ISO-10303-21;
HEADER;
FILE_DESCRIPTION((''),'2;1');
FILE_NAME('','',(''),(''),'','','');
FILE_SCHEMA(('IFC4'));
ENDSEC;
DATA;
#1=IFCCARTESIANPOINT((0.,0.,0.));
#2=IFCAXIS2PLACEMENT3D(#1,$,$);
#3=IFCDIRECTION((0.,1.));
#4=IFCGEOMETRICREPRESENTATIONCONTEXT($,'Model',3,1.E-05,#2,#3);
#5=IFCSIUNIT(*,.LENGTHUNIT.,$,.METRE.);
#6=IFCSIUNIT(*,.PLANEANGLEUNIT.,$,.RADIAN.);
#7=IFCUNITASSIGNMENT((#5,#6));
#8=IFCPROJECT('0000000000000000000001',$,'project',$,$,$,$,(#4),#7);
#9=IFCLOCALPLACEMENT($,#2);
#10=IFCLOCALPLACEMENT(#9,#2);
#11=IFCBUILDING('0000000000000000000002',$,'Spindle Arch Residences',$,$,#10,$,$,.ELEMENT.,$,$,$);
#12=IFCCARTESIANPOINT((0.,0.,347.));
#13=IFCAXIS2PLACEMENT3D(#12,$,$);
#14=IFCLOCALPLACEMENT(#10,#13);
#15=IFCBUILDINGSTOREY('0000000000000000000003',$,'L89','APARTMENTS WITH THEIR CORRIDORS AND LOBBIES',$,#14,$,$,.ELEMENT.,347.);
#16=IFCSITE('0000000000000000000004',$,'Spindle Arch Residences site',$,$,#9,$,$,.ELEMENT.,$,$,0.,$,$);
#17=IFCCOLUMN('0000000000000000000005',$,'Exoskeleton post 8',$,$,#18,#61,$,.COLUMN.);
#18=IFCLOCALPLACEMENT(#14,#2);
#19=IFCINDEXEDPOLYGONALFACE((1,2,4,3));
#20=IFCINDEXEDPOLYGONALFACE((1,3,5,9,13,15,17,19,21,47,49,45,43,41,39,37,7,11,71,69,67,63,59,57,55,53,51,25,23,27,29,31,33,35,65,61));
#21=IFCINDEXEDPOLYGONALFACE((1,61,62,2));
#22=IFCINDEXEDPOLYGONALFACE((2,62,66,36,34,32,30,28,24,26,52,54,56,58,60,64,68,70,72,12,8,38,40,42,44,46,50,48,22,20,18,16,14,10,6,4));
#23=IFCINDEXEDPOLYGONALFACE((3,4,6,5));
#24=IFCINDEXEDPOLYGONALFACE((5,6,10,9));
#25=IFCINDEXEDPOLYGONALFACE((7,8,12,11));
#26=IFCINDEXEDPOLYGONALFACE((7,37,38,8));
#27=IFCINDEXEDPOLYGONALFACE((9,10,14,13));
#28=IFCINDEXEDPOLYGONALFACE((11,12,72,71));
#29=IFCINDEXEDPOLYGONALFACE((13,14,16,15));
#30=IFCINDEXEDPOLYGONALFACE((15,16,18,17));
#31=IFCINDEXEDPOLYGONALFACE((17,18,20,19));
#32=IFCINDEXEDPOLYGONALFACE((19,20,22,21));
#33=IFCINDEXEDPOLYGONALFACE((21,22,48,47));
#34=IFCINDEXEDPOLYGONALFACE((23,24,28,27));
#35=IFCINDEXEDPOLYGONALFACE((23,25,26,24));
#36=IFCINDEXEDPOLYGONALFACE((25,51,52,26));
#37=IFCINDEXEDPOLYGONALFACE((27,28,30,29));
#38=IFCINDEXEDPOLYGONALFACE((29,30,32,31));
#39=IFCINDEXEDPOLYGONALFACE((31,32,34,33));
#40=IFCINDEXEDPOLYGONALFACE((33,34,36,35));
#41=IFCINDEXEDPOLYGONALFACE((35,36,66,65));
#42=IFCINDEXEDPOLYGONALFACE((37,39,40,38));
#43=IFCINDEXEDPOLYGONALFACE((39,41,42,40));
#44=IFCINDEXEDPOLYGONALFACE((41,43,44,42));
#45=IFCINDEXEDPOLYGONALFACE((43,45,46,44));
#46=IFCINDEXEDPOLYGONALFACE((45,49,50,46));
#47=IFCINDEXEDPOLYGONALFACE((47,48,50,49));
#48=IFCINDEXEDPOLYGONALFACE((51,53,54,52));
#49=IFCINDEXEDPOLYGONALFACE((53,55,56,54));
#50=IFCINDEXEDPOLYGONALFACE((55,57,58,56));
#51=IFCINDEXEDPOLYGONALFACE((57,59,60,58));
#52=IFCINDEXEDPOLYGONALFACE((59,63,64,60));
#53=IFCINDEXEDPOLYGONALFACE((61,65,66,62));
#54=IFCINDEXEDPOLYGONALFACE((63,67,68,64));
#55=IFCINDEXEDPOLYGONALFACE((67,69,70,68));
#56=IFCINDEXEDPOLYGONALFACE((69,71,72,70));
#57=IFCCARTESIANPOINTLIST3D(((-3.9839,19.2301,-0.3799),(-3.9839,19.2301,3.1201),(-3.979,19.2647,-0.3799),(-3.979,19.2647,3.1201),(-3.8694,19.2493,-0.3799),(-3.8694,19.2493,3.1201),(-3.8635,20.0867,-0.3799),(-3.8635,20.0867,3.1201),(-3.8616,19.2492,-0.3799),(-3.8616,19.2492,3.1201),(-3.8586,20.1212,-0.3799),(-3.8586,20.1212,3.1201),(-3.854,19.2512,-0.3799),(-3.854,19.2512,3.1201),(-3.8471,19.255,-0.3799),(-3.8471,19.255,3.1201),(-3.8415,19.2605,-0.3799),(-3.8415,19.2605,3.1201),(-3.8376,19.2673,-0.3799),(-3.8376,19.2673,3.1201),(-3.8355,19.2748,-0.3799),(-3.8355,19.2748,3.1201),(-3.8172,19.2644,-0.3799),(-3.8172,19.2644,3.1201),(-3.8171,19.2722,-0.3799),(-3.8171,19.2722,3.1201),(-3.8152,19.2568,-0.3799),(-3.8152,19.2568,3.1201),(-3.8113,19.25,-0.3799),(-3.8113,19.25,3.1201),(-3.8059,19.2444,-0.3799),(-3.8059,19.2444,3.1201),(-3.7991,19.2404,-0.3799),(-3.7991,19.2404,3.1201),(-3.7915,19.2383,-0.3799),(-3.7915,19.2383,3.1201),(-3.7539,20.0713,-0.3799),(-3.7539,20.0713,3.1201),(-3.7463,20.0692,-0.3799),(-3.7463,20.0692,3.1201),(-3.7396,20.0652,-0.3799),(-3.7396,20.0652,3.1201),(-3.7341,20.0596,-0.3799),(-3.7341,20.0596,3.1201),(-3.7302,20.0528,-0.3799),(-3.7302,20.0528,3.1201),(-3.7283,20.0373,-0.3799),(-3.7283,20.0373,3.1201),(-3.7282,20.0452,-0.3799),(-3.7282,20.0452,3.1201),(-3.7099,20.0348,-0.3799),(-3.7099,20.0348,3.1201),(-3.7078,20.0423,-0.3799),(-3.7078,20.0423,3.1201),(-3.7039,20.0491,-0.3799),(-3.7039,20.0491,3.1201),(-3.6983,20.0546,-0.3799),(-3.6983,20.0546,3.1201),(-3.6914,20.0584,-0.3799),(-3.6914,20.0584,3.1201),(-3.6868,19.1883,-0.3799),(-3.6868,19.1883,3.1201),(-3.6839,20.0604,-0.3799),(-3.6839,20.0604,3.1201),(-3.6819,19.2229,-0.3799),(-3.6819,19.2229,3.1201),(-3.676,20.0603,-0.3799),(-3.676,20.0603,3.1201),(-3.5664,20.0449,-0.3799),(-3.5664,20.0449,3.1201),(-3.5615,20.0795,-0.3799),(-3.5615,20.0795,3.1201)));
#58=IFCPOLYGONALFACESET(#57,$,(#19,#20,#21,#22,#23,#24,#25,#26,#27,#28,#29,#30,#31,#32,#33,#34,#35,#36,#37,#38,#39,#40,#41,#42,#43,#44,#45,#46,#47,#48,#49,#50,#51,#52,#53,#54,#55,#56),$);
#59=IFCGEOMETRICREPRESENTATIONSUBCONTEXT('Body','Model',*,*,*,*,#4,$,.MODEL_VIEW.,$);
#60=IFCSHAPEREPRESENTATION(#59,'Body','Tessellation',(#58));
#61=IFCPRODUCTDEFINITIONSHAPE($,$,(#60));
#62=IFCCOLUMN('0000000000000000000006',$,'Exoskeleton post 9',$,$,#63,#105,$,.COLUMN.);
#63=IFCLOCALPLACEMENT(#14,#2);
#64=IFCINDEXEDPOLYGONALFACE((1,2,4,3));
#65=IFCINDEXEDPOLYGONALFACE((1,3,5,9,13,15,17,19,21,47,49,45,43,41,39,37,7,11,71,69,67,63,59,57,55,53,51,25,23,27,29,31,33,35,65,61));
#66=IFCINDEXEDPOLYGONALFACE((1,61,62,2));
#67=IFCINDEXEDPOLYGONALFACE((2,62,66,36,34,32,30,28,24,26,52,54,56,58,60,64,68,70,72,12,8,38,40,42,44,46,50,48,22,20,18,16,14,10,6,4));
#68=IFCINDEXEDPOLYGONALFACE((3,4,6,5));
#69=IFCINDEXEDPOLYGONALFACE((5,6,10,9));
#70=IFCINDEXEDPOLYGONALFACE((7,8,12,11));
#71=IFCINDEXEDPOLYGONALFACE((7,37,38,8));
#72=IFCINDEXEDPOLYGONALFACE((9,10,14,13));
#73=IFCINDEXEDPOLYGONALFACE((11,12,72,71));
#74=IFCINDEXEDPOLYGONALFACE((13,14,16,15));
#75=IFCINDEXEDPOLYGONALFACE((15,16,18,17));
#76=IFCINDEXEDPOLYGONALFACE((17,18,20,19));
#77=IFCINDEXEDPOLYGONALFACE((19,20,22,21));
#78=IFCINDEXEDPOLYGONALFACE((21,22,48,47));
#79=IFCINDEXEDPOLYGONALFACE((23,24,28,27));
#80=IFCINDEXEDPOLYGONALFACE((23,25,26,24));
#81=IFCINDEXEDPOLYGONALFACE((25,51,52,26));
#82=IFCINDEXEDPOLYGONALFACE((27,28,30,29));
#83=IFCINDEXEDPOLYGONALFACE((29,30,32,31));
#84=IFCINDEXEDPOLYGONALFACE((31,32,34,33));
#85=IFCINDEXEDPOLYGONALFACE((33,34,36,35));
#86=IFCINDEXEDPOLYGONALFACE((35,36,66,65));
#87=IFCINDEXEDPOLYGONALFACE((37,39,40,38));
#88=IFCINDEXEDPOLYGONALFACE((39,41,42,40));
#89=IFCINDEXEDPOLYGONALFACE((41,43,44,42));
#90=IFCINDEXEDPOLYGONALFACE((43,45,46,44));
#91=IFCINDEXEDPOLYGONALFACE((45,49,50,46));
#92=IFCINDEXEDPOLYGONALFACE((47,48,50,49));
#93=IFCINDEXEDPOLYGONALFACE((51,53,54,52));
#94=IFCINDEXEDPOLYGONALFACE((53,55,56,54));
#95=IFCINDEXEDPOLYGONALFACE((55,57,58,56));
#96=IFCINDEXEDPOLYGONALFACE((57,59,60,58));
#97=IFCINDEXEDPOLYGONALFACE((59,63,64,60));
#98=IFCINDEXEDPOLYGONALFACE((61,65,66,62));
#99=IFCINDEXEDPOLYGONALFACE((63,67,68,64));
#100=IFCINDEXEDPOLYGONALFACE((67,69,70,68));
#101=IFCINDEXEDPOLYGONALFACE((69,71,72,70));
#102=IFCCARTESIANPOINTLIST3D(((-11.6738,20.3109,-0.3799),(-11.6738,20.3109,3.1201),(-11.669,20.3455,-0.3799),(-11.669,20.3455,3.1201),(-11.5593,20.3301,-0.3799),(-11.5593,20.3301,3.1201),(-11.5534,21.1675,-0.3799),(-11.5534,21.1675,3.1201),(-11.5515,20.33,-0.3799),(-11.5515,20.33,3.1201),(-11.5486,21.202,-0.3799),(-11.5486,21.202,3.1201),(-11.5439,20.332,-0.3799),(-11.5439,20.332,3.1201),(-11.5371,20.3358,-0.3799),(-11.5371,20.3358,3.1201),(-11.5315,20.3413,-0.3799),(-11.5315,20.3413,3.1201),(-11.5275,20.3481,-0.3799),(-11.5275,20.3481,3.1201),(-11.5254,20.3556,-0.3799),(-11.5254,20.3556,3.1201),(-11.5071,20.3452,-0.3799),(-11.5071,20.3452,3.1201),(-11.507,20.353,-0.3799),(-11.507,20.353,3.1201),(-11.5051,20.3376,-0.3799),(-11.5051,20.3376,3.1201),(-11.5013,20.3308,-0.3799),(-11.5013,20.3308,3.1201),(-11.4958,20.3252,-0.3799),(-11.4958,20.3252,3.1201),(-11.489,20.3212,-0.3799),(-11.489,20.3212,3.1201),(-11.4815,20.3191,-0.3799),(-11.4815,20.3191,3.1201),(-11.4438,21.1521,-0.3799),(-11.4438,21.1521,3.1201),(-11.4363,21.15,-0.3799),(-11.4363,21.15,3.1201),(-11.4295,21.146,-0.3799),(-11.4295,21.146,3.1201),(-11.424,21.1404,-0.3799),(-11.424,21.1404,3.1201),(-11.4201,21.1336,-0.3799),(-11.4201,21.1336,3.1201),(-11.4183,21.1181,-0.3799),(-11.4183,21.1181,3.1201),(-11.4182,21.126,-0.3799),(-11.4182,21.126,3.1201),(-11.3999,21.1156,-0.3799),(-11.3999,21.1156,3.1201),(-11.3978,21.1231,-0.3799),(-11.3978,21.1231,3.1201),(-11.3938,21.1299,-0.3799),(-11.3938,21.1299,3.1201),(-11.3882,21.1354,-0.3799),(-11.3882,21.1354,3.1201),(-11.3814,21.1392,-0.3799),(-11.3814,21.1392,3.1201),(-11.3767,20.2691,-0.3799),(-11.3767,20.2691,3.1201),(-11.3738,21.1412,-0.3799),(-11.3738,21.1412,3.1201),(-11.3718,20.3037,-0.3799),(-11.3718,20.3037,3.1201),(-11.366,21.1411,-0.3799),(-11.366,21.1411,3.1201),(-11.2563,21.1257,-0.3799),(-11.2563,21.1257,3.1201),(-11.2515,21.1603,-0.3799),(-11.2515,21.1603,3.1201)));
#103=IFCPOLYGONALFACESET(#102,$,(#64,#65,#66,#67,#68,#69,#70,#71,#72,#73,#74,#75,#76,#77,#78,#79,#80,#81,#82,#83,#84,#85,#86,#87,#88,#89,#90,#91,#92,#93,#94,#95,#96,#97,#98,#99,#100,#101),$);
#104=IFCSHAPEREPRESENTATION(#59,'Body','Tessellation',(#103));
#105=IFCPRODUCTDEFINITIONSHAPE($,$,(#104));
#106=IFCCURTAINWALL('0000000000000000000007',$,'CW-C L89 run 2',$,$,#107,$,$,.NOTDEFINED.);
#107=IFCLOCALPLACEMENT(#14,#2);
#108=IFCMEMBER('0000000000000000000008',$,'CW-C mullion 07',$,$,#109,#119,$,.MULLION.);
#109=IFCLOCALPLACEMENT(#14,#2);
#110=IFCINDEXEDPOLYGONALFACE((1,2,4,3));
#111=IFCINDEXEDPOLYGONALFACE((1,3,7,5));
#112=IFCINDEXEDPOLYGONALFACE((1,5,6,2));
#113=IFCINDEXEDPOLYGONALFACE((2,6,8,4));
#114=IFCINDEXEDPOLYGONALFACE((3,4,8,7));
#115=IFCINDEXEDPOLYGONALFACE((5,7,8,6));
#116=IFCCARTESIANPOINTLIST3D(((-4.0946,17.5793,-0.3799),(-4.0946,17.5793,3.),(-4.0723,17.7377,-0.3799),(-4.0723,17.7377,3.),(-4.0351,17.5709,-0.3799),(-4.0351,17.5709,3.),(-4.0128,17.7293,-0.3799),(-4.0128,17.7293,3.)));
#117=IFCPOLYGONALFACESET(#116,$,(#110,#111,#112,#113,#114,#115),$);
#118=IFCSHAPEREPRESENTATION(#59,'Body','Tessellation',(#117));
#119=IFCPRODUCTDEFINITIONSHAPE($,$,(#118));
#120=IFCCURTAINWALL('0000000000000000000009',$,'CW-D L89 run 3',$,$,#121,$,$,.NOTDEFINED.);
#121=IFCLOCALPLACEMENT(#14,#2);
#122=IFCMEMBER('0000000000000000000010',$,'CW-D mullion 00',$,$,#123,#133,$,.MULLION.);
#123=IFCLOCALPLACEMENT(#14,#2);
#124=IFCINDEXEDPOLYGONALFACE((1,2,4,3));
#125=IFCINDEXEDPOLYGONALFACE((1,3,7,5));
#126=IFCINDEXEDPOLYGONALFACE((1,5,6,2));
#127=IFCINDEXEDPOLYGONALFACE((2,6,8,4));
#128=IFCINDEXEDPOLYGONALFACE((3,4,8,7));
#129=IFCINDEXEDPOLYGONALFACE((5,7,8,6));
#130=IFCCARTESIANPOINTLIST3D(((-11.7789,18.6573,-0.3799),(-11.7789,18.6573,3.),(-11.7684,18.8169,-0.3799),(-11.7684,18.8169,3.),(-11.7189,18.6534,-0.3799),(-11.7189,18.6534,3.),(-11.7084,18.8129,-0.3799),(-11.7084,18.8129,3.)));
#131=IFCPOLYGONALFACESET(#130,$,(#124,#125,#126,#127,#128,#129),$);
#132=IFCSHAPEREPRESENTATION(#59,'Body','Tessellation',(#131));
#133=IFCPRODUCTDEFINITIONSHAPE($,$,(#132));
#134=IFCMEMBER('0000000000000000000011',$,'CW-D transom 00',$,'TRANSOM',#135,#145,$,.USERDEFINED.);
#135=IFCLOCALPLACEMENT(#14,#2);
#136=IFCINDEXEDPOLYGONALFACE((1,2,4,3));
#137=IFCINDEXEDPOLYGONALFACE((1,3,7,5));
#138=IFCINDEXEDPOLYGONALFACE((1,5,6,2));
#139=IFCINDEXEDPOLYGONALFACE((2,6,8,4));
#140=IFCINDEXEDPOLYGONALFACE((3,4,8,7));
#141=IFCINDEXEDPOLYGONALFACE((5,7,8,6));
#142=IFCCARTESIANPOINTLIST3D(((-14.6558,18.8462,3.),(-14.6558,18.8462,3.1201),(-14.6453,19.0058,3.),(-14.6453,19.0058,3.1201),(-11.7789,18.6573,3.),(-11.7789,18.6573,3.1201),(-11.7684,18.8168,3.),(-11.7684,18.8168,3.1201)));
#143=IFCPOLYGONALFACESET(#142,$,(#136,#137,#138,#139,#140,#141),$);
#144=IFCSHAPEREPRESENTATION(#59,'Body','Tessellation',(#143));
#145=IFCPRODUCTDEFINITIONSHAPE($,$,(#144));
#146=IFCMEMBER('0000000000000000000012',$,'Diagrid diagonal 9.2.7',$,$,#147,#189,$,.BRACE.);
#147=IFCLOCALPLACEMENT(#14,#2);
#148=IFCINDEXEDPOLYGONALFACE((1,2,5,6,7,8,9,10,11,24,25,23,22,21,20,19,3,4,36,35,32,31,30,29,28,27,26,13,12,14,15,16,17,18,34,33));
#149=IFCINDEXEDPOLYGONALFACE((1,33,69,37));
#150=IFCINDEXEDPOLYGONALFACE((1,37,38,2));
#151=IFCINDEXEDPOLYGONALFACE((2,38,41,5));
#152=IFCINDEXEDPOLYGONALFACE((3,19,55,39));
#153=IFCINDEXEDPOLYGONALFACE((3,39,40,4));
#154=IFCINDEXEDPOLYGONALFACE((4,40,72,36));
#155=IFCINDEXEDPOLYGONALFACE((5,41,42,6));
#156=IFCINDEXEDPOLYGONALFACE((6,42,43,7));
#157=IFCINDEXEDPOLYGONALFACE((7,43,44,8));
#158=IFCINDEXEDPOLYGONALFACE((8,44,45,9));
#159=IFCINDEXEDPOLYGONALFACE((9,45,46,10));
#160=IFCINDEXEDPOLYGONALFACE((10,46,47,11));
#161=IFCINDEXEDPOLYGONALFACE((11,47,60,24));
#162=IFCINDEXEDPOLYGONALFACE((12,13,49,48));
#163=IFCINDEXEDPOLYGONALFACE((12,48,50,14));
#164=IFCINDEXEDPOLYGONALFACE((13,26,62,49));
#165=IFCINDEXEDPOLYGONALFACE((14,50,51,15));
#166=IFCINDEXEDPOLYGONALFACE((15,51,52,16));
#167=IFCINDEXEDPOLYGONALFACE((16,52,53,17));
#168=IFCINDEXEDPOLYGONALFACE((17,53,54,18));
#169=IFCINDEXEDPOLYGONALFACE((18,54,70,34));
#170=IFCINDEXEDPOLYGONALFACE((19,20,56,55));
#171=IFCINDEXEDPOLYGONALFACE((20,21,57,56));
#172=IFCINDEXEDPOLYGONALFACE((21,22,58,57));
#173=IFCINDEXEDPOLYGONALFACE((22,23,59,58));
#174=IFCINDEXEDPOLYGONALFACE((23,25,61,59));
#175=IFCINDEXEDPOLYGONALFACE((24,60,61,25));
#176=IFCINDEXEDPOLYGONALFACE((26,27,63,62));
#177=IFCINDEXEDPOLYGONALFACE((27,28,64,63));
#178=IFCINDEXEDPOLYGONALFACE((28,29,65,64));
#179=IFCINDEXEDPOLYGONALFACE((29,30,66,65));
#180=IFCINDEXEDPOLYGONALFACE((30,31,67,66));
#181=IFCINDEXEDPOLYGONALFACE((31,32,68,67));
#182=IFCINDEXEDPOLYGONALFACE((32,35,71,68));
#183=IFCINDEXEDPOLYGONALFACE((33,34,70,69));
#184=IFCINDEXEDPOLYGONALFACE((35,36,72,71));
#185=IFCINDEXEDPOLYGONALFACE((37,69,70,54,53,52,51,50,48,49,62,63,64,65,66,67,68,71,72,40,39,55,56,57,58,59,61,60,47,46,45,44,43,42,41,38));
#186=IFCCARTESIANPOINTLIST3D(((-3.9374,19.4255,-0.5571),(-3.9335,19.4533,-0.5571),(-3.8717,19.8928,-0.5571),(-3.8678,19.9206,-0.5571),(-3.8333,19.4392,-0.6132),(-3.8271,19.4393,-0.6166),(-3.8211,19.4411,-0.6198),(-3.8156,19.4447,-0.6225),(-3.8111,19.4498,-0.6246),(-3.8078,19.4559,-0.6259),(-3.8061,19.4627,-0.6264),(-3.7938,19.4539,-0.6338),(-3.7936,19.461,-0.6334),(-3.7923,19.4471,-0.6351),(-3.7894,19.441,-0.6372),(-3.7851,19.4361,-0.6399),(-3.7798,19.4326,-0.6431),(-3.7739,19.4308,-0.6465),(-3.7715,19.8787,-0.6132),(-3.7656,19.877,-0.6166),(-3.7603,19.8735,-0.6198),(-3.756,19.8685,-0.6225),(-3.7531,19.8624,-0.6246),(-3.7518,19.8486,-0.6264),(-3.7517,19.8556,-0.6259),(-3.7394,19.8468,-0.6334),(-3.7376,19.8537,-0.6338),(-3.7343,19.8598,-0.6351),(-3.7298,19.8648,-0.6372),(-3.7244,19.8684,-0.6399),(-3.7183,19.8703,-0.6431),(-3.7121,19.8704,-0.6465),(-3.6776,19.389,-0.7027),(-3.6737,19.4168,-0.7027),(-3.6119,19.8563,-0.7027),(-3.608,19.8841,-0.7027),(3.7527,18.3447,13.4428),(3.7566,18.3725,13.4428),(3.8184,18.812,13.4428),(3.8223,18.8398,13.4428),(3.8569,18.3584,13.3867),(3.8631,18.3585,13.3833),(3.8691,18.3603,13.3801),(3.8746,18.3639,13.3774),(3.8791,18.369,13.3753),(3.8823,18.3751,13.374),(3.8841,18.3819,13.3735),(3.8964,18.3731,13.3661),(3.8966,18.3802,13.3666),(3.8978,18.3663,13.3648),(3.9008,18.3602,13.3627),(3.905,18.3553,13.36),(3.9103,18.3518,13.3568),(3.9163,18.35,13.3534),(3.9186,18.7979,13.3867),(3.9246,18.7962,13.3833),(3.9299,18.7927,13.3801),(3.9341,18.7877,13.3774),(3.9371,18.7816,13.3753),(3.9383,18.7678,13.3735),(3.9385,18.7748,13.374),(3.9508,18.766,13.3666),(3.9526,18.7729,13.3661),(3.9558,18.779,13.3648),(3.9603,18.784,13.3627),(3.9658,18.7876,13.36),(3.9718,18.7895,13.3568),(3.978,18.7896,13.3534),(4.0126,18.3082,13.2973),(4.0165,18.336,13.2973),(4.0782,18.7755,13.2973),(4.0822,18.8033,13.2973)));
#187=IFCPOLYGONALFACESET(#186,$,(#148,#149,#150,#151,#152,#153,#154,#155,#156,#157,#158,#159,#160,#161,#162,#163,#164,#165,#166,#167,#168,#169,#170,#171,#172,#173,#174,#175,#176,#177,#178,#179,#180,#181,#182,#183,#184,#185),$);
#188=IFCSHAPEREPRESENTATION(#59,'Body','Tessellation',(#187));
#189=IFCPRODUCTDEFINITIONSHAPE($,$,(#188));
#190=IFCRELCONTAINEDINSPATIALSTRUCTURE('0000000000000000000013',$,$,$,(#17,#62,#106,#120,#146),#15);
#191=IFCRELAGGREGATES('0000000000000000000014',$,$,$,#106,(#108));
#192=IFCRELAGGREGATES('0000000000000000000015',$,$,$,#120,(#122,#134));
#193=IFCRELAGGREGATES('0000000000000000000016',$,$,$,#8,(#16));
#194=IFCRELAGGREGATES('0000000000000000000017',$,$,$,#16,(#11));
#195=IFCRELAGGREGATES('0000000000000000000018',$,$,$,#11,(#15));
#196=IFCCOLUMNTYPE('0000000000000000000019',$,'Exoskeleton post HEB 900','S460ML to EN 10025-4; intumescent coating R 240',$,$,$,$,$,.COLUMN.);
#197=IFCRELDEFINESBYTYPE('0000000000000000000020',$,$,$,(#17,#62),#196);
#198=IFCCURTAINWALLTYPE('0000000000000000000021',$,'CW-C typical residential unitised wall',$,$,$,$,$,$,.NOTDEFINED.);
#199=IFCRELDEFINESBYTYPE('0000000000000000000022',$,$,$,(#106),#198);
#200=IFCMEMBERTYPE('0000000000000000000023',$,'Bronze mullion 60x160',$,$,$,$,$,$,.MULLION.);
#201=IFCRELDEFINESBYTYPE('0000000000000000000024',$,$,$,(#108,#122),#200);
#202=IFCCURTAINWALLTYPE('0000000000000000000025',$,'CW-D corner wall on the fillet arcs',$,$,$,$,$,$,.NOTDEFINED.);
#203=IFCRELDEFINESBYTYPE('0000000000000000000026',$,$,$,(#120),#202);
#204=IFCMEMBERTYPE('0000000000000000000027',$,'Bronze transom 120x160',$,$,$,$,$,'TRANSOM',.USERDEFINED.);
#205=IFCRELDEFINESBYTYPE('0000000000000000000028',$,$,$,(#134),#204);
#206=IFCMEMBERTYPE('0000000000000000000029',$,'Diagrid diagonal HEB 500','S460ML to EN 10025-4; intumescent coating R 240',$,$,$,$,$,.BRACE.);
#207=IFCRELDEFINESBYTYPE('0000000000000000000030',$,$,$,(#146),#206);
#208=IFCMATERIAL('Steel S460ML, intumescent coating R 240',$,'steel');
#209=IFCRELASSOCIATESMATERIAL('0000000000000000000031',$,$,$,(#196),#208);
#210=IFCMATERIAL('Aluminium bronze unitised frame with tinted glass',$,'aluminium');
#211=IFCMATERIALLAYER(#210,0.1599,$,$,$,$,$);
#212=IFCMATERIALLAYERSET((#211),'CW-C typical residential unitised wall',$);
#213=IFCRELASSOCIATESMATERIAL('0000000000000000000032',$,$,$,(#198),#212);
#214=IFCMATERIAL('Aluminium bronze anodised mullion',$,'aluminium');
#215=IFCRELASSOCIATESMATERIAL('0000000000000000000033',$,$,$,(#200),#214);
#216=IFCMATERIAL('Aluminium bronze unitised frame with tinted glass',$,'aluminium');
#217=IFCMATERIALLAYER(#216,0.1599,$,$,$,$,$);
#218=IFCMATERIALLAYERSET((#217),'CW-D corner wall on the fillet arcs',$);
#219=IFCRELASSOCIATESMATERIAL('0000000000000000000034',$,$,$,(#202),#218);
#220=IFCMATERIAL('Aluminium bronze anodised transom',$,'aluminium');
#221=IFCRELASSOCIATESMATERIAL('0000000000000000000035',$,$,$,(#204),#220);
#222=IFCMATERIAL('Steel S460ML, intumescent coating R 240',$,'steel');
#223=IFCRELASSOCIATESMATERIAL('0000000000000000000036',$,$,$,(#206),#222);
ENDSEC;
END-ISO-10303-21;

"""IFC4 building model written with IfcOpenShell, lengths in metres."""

from ifc_helpers import new_model, si_unit, direction, frame, origin, origin_2d, place, context, subcontext, project, spatial, rectangle, i_section, extrude, material, layer, layer_set, material_profile, profile_set, type_object, element, aggregate, save


model = new_model("IFC4")

# Units and contexts
model_context = context("Model", 3, precision=1e-05, world=origin(), true_north=direction((0.0, 1.0)))
body_context = subcontext(model_context, "Body", "Model", "MODEL_VIEW")
ifc_project = project(units=[si_unit("LENGTHUNIT", "METRE"), si_unit("PLANEANGLEUNIT", "RADIAN")], contexts=[model_context])

# Site, building, storey
site_placement = place(None, origin())
site = spatial("IfcSite", under=ifc_project, at=site_placement, Name="Spindle Arch Residences site", CompositionType="ELEMENT", RefElevation=0.0)
building_placement = place(site_placement, origin())
building = spatial("IfcBuilding", under=site, at=building_placement, Name="Spindle Arch Residences", CompositionType="ELEMENT")
storey_placement = place(building_placement, frame((0.0, 0.0, 347.0)))
storey = spatial("IfcBuildingStorey", under=building, at=storey_placement, Name="L89", Description="APARTMENTS WITH THEIR CORRIDORS AND LOBBIES", CompositionType="ELEMENT", Elevation=347.0)

# Columns
ifc_material_1 = material(Name="Steel S460ML, intumescent coating R 240", Category="steel")
ifc_material_profile_1 = material_profile(ifc_material_1, i_section(OverallWidth=0.3, OverallDepth=0.8999, WebThickness=0.0186, FlangeThickness=0.0349, FilletRadius=0.03, at=origin_2d()), Name="HEB 900")
ifc_profile_set_1 = profile_set([ifc_material_profile_1], Name="Steel S460ML, intumescent coating R 240")
column_type = type_object("IfcColumnType", Name="Exoskeleton post HEB 900", Description="S460ML to EN 10025-4; intumescent coating R 240", PredefinedType="COLUMN", material=ifc_profile_set_1)
for number, where, z_axis, x_axis, name in (
    (1, (-3.7727, 19.6548, -0.3799), (0.0, 0.0, 1.0), (0.990268, -0.139173, 0.0), "Exoskeleton post 8"),
    (2, (-11.4626, 20.7356, -0.3799), (0.0, 0.0, 1.0), (0.990268, -0.139173, 0.0), "Exoskeleton post 9"),
):
    element("IfcColumn", number, at=place(storey_placement, frame(where, z_axis=z_axis, x_axis=x_axis)), inside=storey, type_object=column_type, Name=name, PredefinedType="COLUMN", context=body_context, shape_type="SweptSolid", body=[
        extrude(i_section(OverallWidth=0.3, OverallDepth=0.8999, WebThickness=0.0186, FlangeThickness=0.0349, FilletRadius=0.03, at=origin_2d()), origin(), (0.0, 0.0, 1.0), 3.5),
    ])

# Curtain wall, member
ifc_material_2 = material(Name="Aluminium bronze unitised frame with tinted glass", Category="aluminium")
ifc_layer_1 = layer(ifc_material_2, 0.1599)
ifc_layer_set_1 = layer_set([ifc_layer_1], Name="CW-C typical residential unitised wall")
curtain_wall_type_1 = type_object("IfcCurtainWallType", Name="CW-C typical residential unitised wall", PredefinedType="NOTDEFINED", material=ifc_layer_set_1)
curtain_wall_1_placement = place(storey_placement, origin())
curtain_wall_1 = element("IfcCurtainWall", 3, at=curtain_wall_1_placement, inside=storey, type_object=curtain_wall_type_1, Name="CW-C L89 run 2", PredefinedType="NOTDEFINED")
ifc_material_3 = material(Name="Aluminium bronze anodised mullion", Category="aluminium")
ifc_material_profile_2 = material_profile(ifc_material_3, rectangle(XDim=0.1599, YDim=0.0601, at=origin_2d()), Name="MU 60x160")
ifc_profile_set_2 = profile_set([ifc_material_profile_2], Name="Aluminium bronze anodised mullion")
member_type_1 = type_object("IfcMemberType", Name="Bronze mullion 60x160", PredefinedType="MULLION", material=ifc_profile_set_2)
member_1_placement = place(storey_placement, frame((-4.0537, 17.6543, -0.3799), z_axis=(0.0, 0.0, 1.0), x_axis=(-0.139173, -0.990268, 0.0)))
member_1 = element("IfcMember", 4, at=member_1_placement, type_object=member_type_1, Name="CW-C mullion 07", PredefinedType="MULLION", context=body_context, shape_type="SweptSolid", body=[
    extrude(rectangle(XDim=0.1599, YDim=0.0601, at=origin_2d()), origin(), (0.0, 0.0, 1.0), 3.3799),
])

# Curtain wall, members
ifc_material_4 = material(Name="Aluminium bronze unitised frame with tinted glass", Category="aluminium")
ifc_layer_2 = layer(ifc_material_4, 0.1599)
ifc_layer_set_2 = layer_set([ifc_layer_2], Name="CW-D corner wall on the fillet arcs")
curtain_wall_type_2 = type_object("IfcCurtainWallType", Name="CW-D corner wall on the fillet arcs", PredefinedType="NOTDEFINED", material=ifc_layer_set_2)
curtain_wall_2_placement = place(storey_placement, origin())
curtain_wall_2 = element("IfcCurtainWall", 5, at=curtain_wall_2_placement, inside=storey, type_object=curtain_wall_type_2, Name="CW-D L89 run 3", PredefinedType="NOTDEFINED")
member_2_placement = place(storey_placement, frame((-11.7437, 18.7351, -0.3799), z_axis=(0.0, 0.0, 1.0), x_axis=(-0.06551, -0.997852, 0.0)))
member_2 = element("IfcMember", 6, at=member_2_placement, type_object=member_type_1, Name="CW-D mullion 00", PredefinedType="MULLION", context=body_context, shape_type="SweptSolid", body=[
    extrude(rectangle(XDim=0.1599, YDim=0.0601, at=origin_2d()), origin(), (0.0, 0.0, 1.0), 3.3799),
])
ifc_material_5 = material(Name="Aluminium bronze anodised transom", Category="aluminium")
ifc_material_profile_3 = material_profile(ifc_material_5, rectangle(XDim=0.1599, YDim=0.1201, at=origin_2d()), Name="TR 120x160")
ifc_profile_set_3 = profile_set([ifc_material_profile_3], Name="Aluminium bronze anodised transom")
member_type_2 = type_object("IfcMemberType", Name="Bronze transom 120x160", ElementType="TRANSOM", PredefinedType="USERDEFINED", material=ifc_profile_set_3)
member_3_placement = place(storey_placement, frame((-11.7737, 18.7371, 3.0601), z_axis=(-0.99785, 0.065541, 0.0), x_axis=(-0.065541, -0.99785, 0.0)))
member_3 = element("IfcMember", 7, at=member_3_placement, type_object=member_type_2, Name="CW-D transom 00", ObjectType="TRANSOM", PredefinedType="USERDEFINED", context=body_context, shape_type="SweptSolid", body=[
    extrude(rectangle(XDim=0.1599, YDim=0.1201, at=origin_2d()), origin(), (0.0, 0.0, 1.0), 2.8831),
])

# Member
ifc_material_6 = material(Name="Steel S460ML, intumescent coating R 240", Category="steel")
ifc_material_profile_4 = material_profile(ifc_material_6, i_section(OverallWidth=0.3, OverallDepth=0.5, WebThickness=0.0144, FlangeThickness=0.0281, FilletRadius=0.0271, at=origin_2d()), Name="HEB 500")
ifc_profile_set_4 = profile_set([ifc_material_profile_4], Name="Steel S460ML, intumescent coating R 240")
member_type_3 = type_object("IfcMemberType", Name="Diagrid diagonal HEB 500", Description="S460ML to EN 10025-4; intumescent coating R 240", PredefinedType="BRACE", material=ifc_profile_set_4)
for number, where, z_axis, x_axis, name in (
    (8, (-3.7727, 19.6548, -0.6299), (0.480349, -0.06751, 0.874476), (-0.865965, 0.121706, 0.485069), "Diagrid diagonal 9.2.7"),
):
    element("IfcMember", number, at=place(storey_placement, frame(where, z_axis=z_axis, x_axis=x_axis)), inside=storey, type_object=member_type_3, Name=name, PredefinedType="BRACE", context=body_context, shape_type="SweptSolid", body=[
        extrude(i_section(OverallWidth=0.3, OverallDepth=0.5, WebThickness=0.0144, FlangeThickness=0.0281, FilletRadius=0.0271, at=origin_2d()), origin(), (0.0, 0.0, 1.0), 16.0095),
    ])

aggregate(curtain_wall_1, [member_1])
aggregate(curtain_wall_2, [member_2, member_3])

save(model, "model.ifc")
